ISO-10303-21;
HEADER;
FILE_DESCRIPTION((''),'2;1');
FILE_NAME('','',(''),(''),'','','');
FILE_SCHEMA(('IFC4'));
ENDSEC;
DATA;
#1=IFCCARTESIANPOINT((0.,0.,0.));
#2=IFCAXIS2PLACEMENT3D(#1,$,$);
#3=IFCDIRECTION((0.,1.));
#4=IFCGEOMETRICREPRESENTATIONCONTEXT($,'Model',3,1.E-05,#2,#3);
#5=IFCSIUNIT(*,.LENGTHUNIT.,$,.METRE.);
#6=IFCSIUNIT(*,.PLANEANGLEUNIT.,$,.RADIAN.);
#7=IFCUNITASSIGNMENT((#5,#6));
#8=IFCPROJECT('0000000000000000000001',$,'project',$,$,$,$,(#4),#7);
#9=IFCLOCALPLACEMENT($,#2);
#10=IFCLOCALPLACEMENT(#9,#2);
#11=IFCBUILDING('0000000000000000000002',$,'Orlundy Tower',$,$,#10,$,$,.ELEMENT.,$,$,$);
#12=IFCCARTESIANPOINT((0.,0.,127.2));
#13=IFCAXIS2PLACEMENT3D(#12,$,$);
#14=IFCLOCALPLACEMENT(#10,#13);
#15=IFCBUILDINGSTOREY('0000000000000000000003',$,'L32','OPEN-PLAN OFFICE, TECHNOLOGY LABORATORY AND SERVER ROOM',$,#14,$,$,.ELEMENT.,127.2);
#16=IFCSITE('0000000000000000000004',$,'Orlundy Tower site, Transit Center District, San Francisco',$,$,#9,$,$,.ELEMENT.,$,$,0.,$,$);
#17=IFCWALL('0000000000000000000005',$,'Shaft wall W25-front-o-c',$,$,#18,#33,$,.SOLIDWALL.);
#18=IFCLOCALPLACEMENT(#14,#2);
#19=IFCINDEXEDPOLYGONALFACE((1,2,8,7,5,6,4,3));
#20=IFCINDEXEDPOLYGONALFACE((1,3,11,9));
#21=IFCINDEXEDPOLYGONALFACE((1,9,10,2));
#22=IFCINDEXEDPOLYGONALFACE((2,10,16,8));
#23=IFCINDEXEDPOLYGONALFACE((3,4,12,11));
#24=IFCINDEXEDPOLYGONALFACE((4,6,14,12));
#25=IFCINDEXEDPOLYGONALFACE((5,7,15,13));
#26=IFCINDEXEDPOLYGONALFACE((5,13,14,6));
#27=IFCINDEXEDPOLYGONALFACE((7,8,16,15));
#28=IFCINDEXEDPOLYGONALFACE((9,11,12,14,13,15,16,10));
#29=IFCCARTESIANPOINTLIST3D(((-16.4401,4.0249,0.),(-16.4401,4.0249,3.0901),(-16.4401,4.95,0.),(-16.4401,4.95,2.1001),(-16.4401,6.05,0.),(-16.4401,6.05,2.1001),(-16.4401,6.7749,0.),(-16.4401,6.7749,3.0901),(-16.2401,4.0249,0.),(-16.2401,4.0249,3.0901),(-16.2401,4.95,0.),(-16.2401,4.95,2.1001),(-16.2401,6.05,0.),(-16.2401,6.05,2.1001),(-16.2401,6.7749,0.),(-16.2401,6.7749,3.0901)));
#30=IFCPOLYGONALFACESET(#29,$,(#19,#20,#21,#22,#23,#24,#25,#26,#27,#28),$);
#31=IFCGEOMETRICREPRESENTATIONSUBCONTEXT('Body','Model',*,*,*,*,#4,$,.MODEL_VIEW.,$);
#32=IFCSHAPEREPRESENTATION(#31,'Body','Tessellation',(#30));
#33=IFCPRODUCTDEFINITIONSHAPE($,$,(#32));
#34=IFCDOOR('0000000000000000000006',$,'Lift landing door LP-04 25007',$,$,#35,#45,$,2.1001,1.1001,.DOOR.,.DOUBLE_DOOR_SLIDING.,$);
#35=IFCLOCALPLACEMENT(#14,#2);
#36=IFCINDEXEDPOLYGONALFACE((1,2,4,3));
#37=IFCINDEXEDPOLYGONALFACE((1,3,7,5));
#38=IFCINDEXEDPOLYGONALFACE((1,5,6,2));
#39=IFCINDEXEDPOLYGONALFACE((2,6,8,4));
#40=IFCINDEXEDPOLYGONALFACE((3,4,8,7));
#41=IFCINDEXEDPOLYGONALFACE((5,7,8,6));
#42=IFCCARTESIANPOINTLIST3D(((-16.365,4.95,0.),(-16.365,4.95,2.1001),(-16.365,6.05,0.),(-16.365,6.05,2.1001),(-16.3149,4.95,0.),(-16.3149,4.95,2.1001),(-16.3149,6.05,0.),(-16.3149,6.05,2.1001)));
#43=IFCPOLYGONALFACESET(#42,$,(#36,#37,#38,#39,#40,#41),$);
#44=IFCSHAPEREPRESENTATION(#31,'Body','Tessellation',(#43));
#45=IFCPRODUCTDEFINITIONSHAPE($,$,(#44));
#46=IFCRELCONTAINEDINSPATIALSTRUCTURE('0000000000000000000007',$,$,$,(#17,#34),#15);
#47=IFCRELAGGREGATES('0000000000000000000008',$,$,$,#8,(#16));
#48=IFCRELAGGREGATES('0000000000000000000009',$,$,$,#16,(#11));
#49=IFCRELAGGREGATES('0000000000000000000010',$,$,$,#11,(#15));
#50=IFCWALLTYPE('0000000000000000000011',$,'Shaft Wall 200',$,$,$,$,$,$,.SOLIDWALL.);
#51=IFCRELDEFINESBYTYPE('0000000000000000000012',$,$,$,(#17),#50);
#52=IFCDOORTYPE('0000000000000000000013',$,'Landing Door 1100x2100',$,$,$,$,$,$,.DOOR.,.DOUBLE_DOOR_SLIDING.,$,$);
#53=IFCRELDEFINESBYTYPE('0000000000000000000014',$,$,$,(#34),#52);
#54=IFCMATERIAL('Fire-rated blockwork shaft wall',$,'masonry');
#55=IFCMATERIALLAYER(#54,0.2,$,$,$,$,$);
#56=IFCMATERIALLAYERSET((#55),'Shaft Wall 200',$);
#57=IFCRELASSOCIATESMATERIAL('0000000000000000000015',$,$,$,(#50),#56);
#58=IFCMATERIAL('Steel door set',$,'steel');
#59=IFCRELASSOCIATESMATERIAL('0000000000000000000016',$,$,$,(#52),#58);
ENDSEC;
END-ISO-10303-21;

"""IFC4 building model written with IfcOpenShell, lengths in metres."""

from ifc_helpers import new_model, si_unit, direction, frame, frame_2d, origin, place, context, subcontext, project, spatial, rectangle, extrude, material, layer, layer_set, type_object, element, fill, save


model = new_model("IFC4")

# Units and contexts
model_context = context("Model", 3, precision=1e-05, world=origin(), true_north=direction((0.0, 1.0)))
body_context = subcontext(model_context, "Body", "Model", "MODEL_VIEW")
ifc_project = project(units=[si_unit("LENGTHUNIT", "METRE"), si_unit("PLANEANGLEUNIT", "RADIAN")], contexts=[model_context])

# Site, building, storey
site_placement = place(None, origin())
site = spatial("IfcSite", under=ifc_project, at=site_placement, Name="Orlundy Tower site, Transit Center District, San Francisco", CompositionType="ELEMENT", RefElevation=0.0)
building_placement = place(site_placement, origin())
building = spatial("IfcBuilding", under=site, at=building_placement, Name="Orlundy Tower", CompositionType="ELEMENT")
storey_placement = place(building_placement, frame((0.0, 0.0, 127.2)))
storey = spatial("IfcBuildingStorey", under=building, at=storey_placement, Name="L32", Description="OPEN-PLAN OFFICE, TECHNOLOGY LABORATORY AND SERVER ROOM", CompositionType="ELEMENT", Elevation=127.2)

# Wall, opening, door
ifc_material_1 = material(Name="Fire-rated blockwork shaft wall", Category="masonry")
ifc_layer_1 = layer(ifc_material_1, 0.2)
ifc_layer_set_1 = layer_set([ifc_layer_1], Name="Shaft Wall 200")
wall_type_1 = type_object("IfcWallType", Name="Shaft Wall 200", PredefinedType="SOLIDWALL", material=ifc_layer_set_1)
wall_1_placement = place(storey_placement, frame((-16.3401, 4.0249, 0.0), z_axis=(0.0, 0.0, 1.0), x_axis=(0.0, 1.0, 0.0)))
wall_1 = element("IfcWall", 1, at=wall_1_placement, inside=storey, type_object=wall_type_1, Name="Shaft wall W25-front-o-c", PredefinedType="SOLIDWALL", context=body_context, shape_type="SweptSolid", body=[
    extrude(rectangle(XDim=2.75, YDim=0.2, at=frame_2d((1.375, 0.0))), origin(), (0.0, 0.0, 1.0), 3.0901),
])
opening_1_placement = place(wall_1_placement, frame((0.925, 0.0, 0.0)))
opening_1 = element("IfcOpeningElement", 2, at=opening_1_placement, cuts=wall_1, PredefinedType="OPENING", context=body_context, shape_type="SweptSolid", body=[
    extrude(rectangle(XDim=1.1001, YDim=2.1001, at=frame_2d((0.55, 1.05))), frame((0.0, 0.1101, 0.0), z_axis=(0.0, -1.0, 0.0), x_axis=(1.0, 0.0, 0.0)), (0.0, 0.0, 1.0), 0.2202),
])
ifc_material_2 = material(Name="Steel door set", Category="steel")
door_type_1 = type_object("IfcDoorType", Name="Landing Door 1100x2100", OperationType="DOUBLE_DOOR_SLIDING", PredefinedType="DOOR", material=ifc_material_2)
door_1_placement = place(opening_1_placement, origin())
door_1 = element("IfcDoor", 3, at=door_1_placement, inside=storey, type_object=door_type_1, Name="Lift landing door LP-04 25007", OperationType="DOUBLE_DOOR_SLIDING", OverallHeight=2.1001, OverallWidth=1.1001, PredefinedType="DOOR", context=body_context, shape_type="SweptSolid", body=[
    extrude(rectangle(XDim=1.1001, YDim=2.1001, at=frame_2d((0.55, 1.05))), frame((0.0, 0.0249, 0.0), z_axis=(0.0, -1.0, 0.0), x_axis=(1.0, 0.0, 0.0)), (0.0, 0.0, 1.0), 0.05),
])
fill(opening_1, door_1)

save(model, "model.ifc")
